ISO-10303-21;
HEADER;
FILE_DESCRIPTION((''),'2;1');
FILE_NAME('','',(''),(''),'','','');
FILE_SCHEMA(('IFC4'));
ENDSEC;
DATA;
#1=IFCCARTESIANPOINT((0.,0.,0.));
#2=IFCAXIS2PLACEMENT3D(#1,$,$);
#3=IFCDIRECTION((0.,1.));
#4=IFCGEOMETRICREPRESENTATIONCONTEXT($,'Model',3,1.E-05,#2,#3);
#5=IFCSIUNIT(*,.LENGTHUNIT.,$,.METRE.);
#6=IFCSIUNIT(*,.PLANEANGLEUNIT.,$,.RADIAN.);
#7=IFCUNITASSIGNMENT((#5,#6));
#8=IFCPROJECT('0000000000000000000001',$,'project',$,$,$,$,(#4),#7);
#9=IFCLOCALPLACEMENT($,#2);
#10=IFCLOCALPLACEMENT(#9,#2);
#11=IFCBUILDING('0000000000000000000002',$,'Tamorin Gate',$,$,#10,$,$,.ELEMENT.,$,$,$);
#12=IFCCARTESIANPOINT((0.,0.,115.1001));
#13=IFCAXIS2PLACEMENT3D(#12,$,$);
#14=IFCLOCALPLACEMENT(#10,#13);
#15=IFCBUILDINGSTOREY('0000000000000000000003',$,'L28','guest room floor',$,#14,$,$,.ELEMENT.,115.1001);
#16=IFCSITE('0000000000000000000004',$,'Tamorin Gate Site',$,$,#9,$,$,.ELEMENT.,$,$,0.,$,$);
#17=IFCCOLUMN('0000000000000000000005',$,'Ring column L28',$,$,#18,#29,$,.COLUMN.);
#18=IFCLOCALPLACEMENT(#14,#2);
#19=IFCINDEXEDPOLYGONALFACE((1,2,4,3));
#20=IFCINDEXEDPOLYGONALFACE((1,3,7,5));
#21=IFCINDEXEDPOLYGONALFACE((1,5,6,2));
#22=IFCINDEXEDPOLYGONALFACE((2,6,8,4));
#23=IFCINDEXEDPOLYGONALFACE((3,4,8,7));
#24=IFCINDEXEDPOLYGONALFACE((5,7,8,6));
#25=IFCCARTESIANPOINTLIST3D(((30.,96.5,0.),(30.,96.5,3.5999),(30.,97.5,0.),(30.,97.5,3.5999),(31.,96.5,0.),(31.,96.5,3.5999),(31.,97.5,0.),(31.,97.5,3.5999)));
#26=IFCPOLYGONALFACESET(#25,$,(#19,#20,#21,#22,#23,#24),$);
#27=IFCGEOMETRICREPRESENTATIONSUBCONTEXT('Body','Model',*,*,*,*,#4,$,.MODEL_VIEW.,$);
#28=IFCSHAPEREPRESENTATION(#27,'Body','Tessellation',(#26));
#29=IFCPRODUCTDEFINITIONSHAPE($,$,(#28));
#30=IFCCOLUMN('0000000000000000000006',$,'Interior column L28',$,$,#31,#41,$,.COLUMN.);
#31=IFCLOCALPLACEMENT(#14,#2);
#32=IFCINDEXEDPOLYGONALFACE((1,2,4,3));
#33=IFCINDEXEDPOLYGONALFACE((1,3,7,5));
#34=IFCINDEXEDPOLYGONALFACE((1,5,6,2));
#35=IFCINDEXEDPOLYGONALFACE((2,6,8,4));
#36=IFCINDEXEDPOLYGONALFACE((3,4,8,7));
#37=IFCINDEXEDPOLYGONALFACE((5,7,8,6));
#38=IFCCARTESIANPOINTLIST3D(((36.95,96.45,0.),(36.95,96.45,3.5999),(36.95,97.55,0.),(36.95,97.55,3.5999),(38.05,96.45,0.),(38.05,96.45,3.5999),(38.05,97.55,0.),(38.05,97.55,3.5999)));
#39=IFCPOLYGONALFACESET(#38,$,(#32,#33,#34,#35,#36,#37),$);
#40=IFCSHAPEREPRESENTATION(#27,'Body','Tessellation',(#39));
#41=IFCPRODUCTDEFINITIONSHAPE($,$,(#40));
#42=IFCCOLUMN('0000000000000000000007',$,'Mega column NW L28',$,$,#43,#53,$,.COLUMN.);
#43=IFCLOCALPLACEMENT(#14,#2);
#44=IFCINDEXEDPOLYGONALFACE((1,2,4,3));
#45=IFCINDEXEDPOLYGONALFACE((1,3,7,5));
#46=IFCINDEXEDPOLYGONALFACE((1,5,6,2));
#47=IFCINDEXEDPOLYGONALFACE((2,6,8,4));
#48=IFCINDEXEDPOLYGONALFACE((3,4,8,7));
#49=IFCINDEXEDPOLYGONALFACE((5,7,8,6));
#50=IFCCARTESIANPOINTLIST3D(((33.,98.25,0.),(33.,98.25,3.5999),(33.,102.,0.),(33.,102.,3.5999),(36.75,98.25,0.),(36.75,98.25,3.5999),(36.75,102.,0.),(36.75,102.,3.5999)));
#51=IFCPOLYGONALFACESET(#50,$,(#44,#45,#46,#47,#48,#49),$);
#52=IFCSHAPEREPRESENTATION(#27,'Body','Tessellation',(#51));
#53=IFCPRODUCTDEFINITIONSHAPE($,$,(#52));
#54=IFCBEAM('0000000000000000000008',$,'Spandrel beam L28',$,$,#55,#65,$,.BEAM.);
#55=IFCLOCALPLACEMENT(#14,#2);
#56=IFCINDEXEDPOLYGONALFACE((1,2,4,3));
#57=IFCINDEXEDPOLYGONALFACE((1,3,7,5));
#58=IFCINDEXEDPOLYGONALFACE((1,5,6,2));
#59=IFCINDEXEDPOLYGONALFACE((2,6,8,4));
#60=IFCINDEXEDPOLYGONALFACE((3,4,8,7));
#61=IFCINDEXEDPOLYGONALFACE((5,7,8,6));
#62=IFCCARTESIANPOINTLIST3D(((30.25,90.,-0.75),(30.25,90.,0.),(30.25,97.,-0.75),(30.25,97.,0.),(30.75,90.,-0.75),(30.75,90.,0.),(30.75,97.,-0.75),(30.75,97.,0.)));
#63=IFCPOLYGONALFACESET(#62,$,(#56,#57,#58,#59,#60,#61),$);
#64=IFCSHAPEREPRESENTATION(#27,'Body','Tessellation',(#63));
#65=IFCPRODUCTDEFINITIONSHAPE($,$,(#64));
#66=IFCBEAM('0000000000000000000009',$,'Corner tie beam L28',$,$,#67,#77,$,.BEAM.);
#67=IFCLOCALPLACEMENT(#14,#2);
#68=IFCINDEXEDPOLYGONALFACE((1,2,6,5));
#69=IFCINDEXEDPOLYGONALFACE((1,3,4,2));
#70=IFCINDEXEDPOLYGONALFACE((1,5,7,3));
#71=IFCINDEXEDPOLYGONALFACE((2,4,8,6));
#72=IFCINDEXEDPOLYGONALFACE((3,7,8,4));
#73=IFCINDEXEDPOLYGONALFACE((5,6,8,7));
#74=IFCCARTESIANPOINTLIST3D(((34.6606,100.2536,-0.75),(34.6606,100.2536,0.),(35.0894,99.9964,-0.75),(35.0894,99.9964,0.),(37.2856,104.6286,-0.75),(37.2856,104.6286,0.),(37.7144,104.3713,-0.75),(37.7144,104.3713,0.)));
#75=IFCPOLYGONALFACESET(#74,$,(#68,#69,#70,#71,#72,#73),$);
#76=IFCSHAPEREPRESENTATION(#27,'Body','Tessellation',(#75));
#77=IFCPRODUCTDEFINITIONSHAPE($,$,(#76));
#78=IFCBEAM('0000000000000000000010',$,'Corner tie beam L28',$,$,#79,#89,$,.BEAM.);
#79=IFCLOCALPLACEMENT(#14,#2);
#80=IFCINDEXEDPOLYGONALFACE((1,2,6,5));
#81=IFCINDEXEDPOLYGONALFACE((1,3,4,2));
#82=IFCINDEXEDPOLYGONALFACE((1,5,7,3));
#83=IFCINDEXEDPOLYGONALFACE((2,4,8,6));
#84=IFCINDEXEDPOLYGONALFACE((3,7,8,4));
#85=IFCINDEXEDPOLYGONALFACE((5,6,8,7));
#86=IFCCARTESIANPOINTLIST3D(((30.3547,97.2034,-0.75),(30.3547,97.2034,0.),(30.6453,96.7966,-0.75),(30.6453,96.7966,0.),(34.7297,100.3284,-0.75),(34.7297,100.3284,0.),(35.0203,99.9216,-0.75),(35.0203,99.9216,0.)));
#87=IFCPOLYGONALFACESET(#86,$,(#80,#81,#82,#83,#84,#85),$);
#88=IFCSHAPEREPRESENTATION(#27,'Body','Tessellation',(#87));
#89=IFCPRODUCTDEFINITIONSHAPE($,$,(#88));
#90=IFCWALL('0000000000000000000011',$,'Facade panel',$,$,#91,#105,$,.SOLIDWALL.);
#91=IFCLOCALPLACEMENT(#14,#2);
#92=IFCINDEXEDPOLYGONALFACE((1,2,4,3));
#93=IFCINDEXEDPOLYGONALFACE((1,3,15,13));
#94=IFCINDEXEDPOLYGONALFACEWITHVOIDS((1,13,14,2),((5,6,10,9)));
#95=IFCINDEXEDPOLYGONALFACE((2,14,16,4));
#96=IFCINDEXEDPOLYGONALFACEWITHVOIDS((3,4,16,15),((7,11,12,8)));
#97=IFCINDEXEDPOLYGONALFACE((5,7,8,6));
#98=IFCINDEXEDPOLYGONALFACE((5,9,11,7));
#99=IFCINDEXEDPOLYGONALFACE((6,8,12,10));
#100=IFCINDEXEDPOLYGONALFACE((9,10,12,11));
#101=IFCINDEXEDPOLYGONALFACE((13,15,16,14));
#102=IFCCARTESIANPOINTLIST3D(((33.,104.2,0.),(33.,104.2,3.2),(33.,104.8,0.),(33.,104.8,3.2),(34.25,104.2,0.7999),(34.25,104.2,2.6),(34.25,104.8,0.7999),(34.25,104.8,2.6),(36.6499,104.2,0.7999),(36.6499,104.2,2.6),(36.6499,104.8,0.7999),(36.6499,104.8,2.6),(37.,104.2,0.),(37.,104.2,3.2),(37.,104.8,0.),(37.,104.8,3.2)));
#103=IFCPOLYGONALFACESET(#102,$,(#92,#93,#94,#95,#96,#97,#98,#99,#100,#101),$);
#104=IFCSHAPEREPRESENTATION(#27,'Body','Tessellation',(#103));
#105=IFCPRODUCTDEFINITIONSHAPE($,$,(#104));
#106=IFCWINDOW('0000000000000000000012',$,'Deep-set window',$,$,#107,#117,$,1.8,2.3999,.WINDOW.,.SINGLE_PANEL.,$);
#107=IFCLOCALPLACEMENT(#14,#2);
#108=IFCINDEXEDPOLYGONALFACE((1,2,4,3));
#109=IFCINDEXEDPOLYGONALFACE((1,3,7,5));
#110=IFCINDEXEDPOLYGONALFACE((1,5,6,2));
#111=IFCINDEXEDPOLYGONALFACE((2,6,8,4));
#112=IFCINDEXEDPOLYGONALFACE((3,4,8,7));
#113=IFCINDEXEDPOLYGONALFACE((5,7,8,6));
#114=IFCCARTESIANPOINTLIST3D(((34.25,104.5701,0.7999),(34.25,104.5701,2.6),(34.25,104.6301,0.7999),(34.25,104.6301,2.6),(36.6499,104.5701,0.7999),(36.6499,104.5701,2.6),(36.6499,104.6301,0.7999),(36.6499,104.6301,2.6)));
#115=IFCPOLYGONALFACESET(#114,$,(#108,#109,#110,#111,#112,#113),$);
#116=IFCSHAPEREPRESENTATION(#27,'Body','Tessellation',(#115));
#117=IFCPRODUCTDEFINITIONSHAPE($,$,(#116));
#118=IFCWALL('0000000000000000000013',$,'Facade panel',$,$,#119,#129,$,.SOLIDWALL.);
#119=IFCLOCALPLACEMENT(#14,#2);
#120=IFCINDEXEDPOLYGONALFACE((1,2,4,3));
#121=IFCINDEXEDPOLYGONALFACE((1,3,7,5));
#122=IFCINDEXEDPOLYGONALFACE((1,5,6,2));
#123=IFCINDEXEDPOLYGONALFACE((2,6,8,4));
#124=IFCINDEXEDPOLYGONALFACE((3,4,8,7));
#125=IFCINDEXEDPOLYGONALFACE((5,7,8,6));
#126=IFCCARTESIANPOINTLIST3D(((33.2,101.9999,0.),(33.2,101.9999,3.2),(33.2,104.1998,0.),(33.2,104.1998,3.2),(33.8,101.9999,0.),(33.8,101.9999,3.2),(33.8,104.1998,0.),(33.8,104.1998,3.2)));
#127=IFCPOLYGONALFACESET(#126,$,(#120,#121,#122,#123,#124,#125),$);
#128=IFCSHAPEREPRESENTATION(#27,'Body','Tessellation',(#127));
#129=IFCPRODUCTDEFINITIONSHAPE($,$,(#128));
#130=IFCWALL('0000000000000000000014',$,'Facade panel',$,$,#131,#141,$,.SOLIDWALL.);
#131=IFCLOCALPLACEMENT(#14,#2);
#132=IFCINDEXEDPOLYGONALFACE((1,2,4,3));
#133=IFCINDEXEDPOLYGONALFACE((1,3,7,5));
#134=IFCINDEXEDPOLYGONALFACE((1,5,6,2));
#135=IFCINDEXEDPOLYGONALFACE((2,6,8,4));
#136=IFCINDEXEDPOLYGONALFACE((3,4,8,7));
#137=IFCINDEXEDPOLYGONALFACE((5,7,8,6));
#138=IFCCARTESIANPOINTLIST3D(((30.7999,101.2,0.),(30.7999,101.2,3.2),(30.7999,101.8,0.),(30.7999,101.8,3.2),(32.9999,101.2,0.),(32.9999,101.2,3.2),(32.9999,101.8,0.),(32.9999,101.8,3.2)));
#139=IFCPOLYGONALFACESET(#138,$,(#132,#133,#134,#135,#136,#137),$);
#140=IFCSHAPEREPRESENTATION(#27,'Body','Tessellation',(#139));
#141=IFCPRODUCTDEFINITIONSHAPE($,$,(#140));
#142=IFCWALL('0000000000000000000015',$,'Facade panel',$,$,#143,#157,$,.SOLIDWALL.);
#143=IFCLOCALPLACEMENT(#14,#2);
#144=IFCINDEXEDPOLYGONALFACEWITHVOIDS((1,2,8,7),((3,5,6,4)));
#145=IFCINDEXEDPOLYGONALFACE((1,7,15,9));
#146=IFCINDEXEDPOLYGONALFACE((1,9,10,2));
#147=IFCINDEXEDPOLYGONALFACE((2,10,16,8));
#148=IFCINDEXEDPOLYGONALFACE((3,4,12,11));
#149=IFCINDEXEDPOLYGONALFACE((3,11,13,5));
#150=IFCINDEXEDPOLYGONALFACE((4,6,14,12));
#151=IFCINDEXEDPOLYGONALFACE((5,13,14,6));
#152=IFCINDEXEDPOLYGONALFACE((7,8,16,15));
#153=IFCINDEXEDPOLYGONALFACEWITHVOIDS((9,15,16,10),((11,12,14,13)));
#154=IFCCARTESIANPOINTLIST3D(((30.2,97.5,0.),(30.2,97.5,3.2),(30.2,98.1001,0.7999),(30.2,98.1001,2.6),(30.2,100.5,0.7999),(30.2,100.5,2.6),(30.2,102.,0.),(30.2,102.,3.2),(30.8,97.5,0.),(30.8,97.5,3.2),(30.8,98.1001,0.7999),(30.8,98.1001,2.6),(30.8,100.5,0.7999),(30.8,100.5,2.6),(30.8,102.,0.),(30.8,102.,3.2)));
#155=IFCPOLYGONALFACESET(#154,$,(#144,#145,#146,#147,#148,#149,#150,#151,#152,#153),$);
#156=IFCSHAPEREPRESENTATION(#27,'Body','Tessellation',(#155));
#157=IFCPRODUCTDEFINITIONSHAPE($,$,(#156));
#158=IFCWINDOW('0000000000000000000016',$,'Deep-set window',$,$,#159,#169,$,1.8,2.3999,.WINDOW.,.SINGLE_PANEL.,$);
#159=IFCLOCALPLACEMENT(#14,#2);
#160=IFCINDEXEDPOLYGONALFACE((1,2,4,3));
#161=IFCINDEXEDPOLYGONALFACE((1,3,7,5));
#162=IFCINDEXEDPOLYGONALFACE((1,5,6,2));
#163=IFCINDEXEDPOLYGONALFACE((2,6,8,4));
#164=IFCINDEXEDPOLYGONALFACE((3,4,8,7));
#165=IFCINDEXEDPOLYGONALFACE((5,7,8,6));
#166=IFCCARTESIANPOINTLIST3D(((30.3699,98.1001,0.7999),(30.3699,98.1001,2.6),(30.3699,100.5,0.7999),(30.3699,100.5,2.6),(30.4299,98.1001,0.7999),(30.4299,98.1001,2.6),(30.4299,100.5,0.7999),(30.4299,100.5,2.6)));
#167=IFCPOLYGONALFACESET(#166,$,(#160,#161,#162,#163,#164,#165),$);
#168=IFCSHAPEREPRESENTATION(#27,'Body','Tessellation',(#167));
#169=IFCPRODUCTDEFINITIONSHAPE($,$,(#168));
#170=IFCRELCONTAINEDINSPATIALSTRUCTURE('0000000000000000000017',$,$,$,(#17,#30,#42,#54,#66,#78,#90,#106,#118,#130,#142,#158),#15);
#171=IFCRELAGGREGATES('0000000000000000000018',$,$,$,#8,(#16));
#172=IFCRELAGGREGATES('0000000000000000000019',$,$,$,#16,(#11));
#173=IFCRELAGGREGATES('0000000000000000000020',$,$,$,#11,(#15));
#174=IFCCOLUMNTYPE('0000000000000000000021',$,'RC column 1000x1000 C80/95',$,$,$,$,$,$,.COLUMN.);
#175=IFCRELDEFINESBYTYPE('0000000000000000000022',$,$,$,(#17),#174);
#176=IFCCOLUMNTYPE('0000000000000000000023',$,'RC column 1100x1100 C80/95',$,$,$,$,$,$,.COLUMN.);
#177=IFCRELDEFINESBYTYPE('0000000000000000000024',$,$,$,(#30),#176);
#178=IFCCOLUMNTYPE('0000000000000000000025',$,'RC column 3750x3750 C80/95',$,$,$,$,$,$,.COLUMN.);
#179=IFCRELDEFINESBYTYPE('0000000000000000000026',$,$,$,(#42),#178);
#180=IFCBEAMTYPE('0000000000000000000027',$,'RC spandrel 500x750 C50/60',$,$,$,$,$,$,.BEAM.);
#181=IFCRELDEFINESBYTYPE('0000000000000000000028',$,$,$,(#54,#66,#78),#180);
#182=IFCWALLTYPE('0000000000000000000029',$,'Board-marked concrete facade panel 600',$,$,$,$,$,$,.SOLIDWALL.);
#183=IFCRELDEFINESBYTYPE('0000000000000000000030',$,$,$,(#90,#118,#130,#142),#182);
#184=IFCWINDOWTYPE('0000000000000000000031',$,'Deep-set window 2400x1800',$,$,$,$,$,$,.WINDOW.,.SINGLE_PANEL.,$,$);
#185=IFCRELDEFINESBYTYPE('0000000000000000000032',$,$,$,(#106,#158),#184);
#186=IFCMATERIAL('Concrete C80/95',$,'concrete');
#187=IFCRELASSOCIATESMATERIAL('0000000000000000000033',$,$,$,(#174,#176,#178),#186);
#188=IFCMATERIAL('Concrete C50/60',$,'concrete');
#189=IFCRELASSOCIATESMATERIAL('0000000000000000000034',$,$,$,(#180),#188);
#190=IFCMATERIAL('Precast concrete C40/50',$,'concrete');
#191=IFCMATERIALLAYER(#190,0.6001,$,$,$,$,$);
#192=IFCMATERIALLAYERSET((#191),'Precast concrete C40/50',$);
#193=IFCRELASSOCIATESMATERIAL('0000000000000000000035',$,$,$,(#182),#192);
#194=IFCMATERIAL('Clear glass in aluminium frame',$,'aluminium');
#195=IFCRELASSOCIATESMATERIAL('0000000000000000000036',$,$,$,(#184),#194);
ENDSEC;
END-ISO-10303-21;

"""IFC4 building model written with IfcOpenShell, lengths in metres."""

from ifc_helpers import new_model, si_unit, direction, frame, frame_2d, origin, origin_2d, place, context, subcontext, project, spatial, rectangle, extrude, material, layer, layer_set, material_profile, profile_set, type_object, element, fill, save


model = new_model("IFC4")

# Units and contexts
model_context = context("Model", 3, precision=1e-05, world=origin(), true_north=direction((0.0, 1.0)))
body_context = subcontext(model_context, "Body", "Model", "MODEL_VIEW")
ifc_project = project(units=[si_unit("LENGTHUNIT", "METRE"), si_unit("PLANEANGLEUNIT", "RADIAN")], contexts=[model_context])

# Site, building, storey
site_placement = place(None, origin())
site = spatial("IfcSite", under=ifc_project, at=site_placement, Name="Tamorin Gate Site", CompositionType="ELEMENT", RefElevation=0.0)
building_placement = place(site_placement, origin())
building = spatial("IfcBuilding", under=site, at=building_placement, Name="Tamorin Gate", CompositionType="ELEMENT")
storey_placement = place(building_placement, frame((0.0, 0.0, 115.1001)))
storey = spatial("IfcBuildingStorey", under=building, at=storey_placement, Name="L28", Description="guest room floor", CompositionType="ELEMENT", Elevation=115.1001)

# Columns
ifc_material_1 = material(Name="Concrete C80/95", Category="concrete")
ifc_material_profile_1 = material_profile(ifc_material_1, rectangle(XDim=1.0, YDim=1.0, at=origin_2d()), Name="RC 1000x1000")
ifc_profile_set_1 = profile_set([ifc_material_profile_1], Name="Concrete C80/95")
column_type_1 = type_object("IfcColumnType", Name="RC column 1000x1000 C80/95", PredefinedType="COLUMN", material=ifc_profile_set_1)
column_1_placement = place(storey_placement, frame((30.5, 97.0, 0.0), z_axis=(0.0, 0.0, 1.0), x_axis=(1.0, 0.0, 0.0)))
element("IfcColumn", 1, at=column_1_placement, inside=storey, type_object=column_type_1, Name="Ring column L28", PredefinedType="COLUMN", context=body_context, shape_type="SweptSolid", body=[
    extrude(rectangle(XDim=1.0, YDim=1.0, at=origin_2d()), origin(), (0.0, 0.0, 1.0), 3.5999),
])
ifc_material_profile_2 = material_profile(ifc_material_1, rectangle(XDim=1.1001, YDim=1.1001, at=origin_2d()), Name="RC 1100x1100")
ifc_profile_set_2 = profile_set([ifc_material_profile_2], Name="Concrete C80/95")
column_type_2 = type_object("IfcColumnType", Name="RC column 1100x1100 C80/95", PredefinedType="COLUMN", material=ifc_profile_set_2)
column_2_placement = place(storey_placement, frame((37.5, 97.0, 0.0), z_axis=(0.0, 0.0, 1.0), x_axis=(1.0, 0.0, 0.0)))
element("IfcColumn", 2, at=column_2_placement, inside=storey, type_object=column_type_2, Name="Interior column L28", PredefinedType="COLUMN", context=body_context, shape_type="SweptSolid", body=[
    extrude(rectangle(XDim=1.1001, YDim=1.1001, at=origin_2d()), origin(), (0.0, 0.0, 1.0), 3.5999),
])
ifc_material_profile_3 = material_profile(ifc_material_1, rectangle(XDim=3.75, YDim=3.75, at=origin_2d()), Name="RC 3750x3750")
ifc_profile_set_3 = profile_set([ifc_material_profile_3], Name="Concrete C80/95")
column_type_3 = type_object("IfcColumnType", Name="RC column 3750x3750 C80/95", PredefinedType="COLUMN", material=ifc_profile_set_3)
column_3_placement = place(storey_placement, frame((34.875, 100.125, 0.0), z_axis=(0.0, 0.0, 1.0), x_axis=(1.0, 0.0, 0.0)))
element("IfcColumn", 3, at=column_3_placement, inside=storey, type_object=column_type_3, Name="Mega column NW L28", PredefinedType="COLUMN", context=body_context, shape_type="SweptSolid", body=[
    extrude(rectangle(XDim=3.75, YDim=3.75, at=origin_2d()), origin(), (0.0, 0.0, 1.0), 3.5999),
])

# Beams
ifc_material_2 = material(Name="Concrete C50/60", Category="concrete")
ifc_material_profile_4 = material_profile(ifc_material_2, rectangle(XDim=0.5, YDim=0.75, at=origin_2d()), Name="RC 500x750")
ifc_profile_set_4 = profile_set([ifc_material_profile_4], Name="Concrete C50/60")
beam_type = type_object("IfcBeamType", Name="RC spandrel 500x750 C50/60", PredefinedType="BEAM", material=ifc_profile_set_4)
beam_1_placement = place(storey_placement, frame((30.5, 97.0, -0.375), z_axis=(0.0, -1.0, 0.0), x_axis=(1.0, 0.0, 0.0)))
element("IfcBeam", 4, at=beam_1_placement, inside=storey, type_object=beam_type, Name="Spandrel beam L28", PredefinedType="BEAM", context=body_context, shape_type="SweptSolid", body=[
    extrude(rectangle(XDim=0.5, YDim=0.75, at=origin_2d()), origin(), (0.0, 0.0, 1.0), 7.0),
])
beam_2_placement = place(storey_placement, frame((34.875, 100.125, -0.375), z_axis=(0.514496, 0.857493, 0.0), x_axis=(-0.857493, 0.514496, 0.0)))
element("IfcBeam", 5, at=beam_2_placement, inside=storey, type_object=beam_type, Name="Corner tie beam L28", PredefinedType="BEAM", context=body_context, shape_type="SweptSolid", body=[
    extrude(rectangle(XDim=0.5, YDim=0.75, at=origin_2d()), origin(), (0.0, 0.0, 1.0), 5.1021),
])
beam_3_placement = place(storey_placement, frame((34.875, 100.125, -0.375), z_axis=(-0.813733, -0.581238, 0.0), x_axis=(0.581238, -0.813733, 0.0)))
element("IfcBeam", 6, at=beam_3_placement, inside=storey, type_object=beam_type, Name="Corner tie beam L28", PredefinedType="BEAM", context=body_context, shape_type="SweptSolid", body=[
    extrude(rectangle(XDim=0.5, YDim=0.75, at=origin_2d()), origin(), (0.0, 0.0, 1.0), 5.3765),
])

# Wall, opening, window
ifc_material_3 = material(Name="Precast concrete C40/50", Category="concrete")
ifc_layer_1 = layer(ifc_material_3, 0.6001)
ifc_layer_set_1 = layer_set([ifc_layer_1], Name="Precast concrete C40/50")
wall_type_1 = type_object("IfcWallType", Name="Board-marked concrete facade panel 600", PredefinedType="SOLIDWALL", material=ifc_layer_set_1)
wall_1_placement = place(storey_placement, frame((37.0, 104.5, 0.0), z_axis=(0.0, 0.0, 1.0), x_axis=(-1.0, 0.0, 0.0)))
wall_1 = element("IfcWall", 7, at=wall_1_placement, inside=storey, type_object=wall_type_1, Name="Facade panel", PredefinedType="SOLIDWALL", context=body_context, shape_type="SweptSolid", body=[
    extrude(rectangle(XDim=4.0, YDim=0.6001, at=frame_2d((2.0, 0.0))), origin(), (0.0, 0.0, 1.0), 3.2),
])
opening_1_placement = place(wall_1_placement, frame((0.3501, 0.0, 0.8)))
opening_1 = element("IfcOpeningElement", 8, at=opening_1_placement, cuts=wall_1, PredefinedType="OPENING", context=body_context, shape_type="SweptSolid", body=[
    extrude(rectangle(XDim=2.3999, YDim=1.8, at=frame_2d((1.2, 0.8999))), frame((0.0, 0.3101, 0.0), z_axis=(0.0, -1.0, 0.0), x_axis=(1.0, 0.0, 0.0)), (0.0, 0.0, 1.0), 0.6201),
])
ifc_material_4 = material(Name="Clear glass in aluminium frame", Category="aluminium")
window_type = type_object("IfcWindowType", Name="Deep-set window 2400x1800", PartitioningType="SINGLE_PANEL", PredefinedType="WINDOW", material=ifc_material_4)
window_1_placement = place(opening_1_placement, origin())
window_1 = element("IfcWindow", 9, at=window_1_placement, inside=storey, type_object=window_type, Name="Deep-set window", OverallHeight=1.8, OverallWidth=2.3999, PartitioningType="SINGLE_PANEL", PredefinedType="WINDOW", context=body_context, shape_type="SweptSolid", body=[
    extrude(rectangle(XDim=2.3999, YDim=1.8, at=frame_2d((1.2, 0.8999))), frame((0.0, -0.0701, 0.0), z_axis=(0.0, -1.0, 0.0), x_axis=(1.0, 0.0, 0.0)), (0.0, 0.0, 1.0), 0.0601),
])
fill(opening_1, window_1)

# Walls
for number, where, z_axis, x_axis, name in (
    (10, (33.5, 104.2, 0.0), (0.0, 0.0, 1.0), (0.0, -1.0, 0.0), "Facade panel"),
    (11, (33.0, 101.5, 0.0), (0.0, 0.0, 1.0), (-1.0, 0.0, 0.0), "Facade panel"),
):
    element("IfcWall", number, at=place(storey_placement, frame(where, z_axis=z_axis, x_axis=x_axis)), inside=storey, type_object=wall_type_1, Name=name, PredefinedType="SOLIDWALL", context=body_context, shape_type="SweptSolid", body=[
        extrude(rectangle(XDim=2.2, YDim=0.6001, at=frame_2d((1.1001, 0.0))), origin(), (0.0, 0.0, 1.0), 3.2),
    ])

# Wall, opening, window
wall_2_placement = place(storey_placement, frame((30.5, 102.0, 0.0), z_axis=(0.0, 0.0, 1.0), x_axis=(0.0, -1.0, 0.0)))
wall_2 = element("IfcWall", 12, at=wall_2_placement, inside=storey, type_object=wall_type_1, Name="Facade panel", PredefinedType="SOLIDWALL", context=body_context, shape_type="SweptSolid", body=[
    extrude(rectangle(XDim=4.5, YDim=0.6001, at=frame_2d((2.25, 0.0))), origin(), (0.0, 0.0, 1.0), 3.2),
])
opening_2_placement = place(wall_2_placement, frame((1.5, 0.0, 0.8)))
opening_2 = element("IfcOpeningElement", 13, at=opening_2_placement, cuts=wall_2, PredefinedType="OPENING", context=body_context, shape_type="SweptSolid", body=[
    extrude(rectangle(XDim=2.3999, YDim=1.8, at=frame_2d((1.2, 0.8999))), frame((0.0, 0.3101, 0.0), z_axis=(0.0, -1.0, 0.0), x_axis=(1.0, 0.0, 0.0)), (0.0, 0.0, 1.0), 0.6201),
])
window_2_placement = place(opening_2_placement, origin())
window_2 = element("IfcWindow", 14, at=window_2_placement, inside=storey, type_object=window_type, Name="Deep-set window", OverallHeight=1.8, OverallWidth=2.3999, PartitioningType="SINGLE_PANEL", PredefinedType="WINDOW", context=body_context, shape_type="SweptSolid", body=[
    extrude(rectangle(XDim=2.3999, YDim=1.8, at=frame_2d((1.2, 0.8999))), frame((0.0, -0.0701, 0.0), z_axis=(0.0, -1.0, 0.0), x_axis=(1.0, 0.0, 0.0)), (0.0, 0.0, 1.0), 0.0601),
])
fill(opening_2, window_2)

save(model, "model.ifc")
